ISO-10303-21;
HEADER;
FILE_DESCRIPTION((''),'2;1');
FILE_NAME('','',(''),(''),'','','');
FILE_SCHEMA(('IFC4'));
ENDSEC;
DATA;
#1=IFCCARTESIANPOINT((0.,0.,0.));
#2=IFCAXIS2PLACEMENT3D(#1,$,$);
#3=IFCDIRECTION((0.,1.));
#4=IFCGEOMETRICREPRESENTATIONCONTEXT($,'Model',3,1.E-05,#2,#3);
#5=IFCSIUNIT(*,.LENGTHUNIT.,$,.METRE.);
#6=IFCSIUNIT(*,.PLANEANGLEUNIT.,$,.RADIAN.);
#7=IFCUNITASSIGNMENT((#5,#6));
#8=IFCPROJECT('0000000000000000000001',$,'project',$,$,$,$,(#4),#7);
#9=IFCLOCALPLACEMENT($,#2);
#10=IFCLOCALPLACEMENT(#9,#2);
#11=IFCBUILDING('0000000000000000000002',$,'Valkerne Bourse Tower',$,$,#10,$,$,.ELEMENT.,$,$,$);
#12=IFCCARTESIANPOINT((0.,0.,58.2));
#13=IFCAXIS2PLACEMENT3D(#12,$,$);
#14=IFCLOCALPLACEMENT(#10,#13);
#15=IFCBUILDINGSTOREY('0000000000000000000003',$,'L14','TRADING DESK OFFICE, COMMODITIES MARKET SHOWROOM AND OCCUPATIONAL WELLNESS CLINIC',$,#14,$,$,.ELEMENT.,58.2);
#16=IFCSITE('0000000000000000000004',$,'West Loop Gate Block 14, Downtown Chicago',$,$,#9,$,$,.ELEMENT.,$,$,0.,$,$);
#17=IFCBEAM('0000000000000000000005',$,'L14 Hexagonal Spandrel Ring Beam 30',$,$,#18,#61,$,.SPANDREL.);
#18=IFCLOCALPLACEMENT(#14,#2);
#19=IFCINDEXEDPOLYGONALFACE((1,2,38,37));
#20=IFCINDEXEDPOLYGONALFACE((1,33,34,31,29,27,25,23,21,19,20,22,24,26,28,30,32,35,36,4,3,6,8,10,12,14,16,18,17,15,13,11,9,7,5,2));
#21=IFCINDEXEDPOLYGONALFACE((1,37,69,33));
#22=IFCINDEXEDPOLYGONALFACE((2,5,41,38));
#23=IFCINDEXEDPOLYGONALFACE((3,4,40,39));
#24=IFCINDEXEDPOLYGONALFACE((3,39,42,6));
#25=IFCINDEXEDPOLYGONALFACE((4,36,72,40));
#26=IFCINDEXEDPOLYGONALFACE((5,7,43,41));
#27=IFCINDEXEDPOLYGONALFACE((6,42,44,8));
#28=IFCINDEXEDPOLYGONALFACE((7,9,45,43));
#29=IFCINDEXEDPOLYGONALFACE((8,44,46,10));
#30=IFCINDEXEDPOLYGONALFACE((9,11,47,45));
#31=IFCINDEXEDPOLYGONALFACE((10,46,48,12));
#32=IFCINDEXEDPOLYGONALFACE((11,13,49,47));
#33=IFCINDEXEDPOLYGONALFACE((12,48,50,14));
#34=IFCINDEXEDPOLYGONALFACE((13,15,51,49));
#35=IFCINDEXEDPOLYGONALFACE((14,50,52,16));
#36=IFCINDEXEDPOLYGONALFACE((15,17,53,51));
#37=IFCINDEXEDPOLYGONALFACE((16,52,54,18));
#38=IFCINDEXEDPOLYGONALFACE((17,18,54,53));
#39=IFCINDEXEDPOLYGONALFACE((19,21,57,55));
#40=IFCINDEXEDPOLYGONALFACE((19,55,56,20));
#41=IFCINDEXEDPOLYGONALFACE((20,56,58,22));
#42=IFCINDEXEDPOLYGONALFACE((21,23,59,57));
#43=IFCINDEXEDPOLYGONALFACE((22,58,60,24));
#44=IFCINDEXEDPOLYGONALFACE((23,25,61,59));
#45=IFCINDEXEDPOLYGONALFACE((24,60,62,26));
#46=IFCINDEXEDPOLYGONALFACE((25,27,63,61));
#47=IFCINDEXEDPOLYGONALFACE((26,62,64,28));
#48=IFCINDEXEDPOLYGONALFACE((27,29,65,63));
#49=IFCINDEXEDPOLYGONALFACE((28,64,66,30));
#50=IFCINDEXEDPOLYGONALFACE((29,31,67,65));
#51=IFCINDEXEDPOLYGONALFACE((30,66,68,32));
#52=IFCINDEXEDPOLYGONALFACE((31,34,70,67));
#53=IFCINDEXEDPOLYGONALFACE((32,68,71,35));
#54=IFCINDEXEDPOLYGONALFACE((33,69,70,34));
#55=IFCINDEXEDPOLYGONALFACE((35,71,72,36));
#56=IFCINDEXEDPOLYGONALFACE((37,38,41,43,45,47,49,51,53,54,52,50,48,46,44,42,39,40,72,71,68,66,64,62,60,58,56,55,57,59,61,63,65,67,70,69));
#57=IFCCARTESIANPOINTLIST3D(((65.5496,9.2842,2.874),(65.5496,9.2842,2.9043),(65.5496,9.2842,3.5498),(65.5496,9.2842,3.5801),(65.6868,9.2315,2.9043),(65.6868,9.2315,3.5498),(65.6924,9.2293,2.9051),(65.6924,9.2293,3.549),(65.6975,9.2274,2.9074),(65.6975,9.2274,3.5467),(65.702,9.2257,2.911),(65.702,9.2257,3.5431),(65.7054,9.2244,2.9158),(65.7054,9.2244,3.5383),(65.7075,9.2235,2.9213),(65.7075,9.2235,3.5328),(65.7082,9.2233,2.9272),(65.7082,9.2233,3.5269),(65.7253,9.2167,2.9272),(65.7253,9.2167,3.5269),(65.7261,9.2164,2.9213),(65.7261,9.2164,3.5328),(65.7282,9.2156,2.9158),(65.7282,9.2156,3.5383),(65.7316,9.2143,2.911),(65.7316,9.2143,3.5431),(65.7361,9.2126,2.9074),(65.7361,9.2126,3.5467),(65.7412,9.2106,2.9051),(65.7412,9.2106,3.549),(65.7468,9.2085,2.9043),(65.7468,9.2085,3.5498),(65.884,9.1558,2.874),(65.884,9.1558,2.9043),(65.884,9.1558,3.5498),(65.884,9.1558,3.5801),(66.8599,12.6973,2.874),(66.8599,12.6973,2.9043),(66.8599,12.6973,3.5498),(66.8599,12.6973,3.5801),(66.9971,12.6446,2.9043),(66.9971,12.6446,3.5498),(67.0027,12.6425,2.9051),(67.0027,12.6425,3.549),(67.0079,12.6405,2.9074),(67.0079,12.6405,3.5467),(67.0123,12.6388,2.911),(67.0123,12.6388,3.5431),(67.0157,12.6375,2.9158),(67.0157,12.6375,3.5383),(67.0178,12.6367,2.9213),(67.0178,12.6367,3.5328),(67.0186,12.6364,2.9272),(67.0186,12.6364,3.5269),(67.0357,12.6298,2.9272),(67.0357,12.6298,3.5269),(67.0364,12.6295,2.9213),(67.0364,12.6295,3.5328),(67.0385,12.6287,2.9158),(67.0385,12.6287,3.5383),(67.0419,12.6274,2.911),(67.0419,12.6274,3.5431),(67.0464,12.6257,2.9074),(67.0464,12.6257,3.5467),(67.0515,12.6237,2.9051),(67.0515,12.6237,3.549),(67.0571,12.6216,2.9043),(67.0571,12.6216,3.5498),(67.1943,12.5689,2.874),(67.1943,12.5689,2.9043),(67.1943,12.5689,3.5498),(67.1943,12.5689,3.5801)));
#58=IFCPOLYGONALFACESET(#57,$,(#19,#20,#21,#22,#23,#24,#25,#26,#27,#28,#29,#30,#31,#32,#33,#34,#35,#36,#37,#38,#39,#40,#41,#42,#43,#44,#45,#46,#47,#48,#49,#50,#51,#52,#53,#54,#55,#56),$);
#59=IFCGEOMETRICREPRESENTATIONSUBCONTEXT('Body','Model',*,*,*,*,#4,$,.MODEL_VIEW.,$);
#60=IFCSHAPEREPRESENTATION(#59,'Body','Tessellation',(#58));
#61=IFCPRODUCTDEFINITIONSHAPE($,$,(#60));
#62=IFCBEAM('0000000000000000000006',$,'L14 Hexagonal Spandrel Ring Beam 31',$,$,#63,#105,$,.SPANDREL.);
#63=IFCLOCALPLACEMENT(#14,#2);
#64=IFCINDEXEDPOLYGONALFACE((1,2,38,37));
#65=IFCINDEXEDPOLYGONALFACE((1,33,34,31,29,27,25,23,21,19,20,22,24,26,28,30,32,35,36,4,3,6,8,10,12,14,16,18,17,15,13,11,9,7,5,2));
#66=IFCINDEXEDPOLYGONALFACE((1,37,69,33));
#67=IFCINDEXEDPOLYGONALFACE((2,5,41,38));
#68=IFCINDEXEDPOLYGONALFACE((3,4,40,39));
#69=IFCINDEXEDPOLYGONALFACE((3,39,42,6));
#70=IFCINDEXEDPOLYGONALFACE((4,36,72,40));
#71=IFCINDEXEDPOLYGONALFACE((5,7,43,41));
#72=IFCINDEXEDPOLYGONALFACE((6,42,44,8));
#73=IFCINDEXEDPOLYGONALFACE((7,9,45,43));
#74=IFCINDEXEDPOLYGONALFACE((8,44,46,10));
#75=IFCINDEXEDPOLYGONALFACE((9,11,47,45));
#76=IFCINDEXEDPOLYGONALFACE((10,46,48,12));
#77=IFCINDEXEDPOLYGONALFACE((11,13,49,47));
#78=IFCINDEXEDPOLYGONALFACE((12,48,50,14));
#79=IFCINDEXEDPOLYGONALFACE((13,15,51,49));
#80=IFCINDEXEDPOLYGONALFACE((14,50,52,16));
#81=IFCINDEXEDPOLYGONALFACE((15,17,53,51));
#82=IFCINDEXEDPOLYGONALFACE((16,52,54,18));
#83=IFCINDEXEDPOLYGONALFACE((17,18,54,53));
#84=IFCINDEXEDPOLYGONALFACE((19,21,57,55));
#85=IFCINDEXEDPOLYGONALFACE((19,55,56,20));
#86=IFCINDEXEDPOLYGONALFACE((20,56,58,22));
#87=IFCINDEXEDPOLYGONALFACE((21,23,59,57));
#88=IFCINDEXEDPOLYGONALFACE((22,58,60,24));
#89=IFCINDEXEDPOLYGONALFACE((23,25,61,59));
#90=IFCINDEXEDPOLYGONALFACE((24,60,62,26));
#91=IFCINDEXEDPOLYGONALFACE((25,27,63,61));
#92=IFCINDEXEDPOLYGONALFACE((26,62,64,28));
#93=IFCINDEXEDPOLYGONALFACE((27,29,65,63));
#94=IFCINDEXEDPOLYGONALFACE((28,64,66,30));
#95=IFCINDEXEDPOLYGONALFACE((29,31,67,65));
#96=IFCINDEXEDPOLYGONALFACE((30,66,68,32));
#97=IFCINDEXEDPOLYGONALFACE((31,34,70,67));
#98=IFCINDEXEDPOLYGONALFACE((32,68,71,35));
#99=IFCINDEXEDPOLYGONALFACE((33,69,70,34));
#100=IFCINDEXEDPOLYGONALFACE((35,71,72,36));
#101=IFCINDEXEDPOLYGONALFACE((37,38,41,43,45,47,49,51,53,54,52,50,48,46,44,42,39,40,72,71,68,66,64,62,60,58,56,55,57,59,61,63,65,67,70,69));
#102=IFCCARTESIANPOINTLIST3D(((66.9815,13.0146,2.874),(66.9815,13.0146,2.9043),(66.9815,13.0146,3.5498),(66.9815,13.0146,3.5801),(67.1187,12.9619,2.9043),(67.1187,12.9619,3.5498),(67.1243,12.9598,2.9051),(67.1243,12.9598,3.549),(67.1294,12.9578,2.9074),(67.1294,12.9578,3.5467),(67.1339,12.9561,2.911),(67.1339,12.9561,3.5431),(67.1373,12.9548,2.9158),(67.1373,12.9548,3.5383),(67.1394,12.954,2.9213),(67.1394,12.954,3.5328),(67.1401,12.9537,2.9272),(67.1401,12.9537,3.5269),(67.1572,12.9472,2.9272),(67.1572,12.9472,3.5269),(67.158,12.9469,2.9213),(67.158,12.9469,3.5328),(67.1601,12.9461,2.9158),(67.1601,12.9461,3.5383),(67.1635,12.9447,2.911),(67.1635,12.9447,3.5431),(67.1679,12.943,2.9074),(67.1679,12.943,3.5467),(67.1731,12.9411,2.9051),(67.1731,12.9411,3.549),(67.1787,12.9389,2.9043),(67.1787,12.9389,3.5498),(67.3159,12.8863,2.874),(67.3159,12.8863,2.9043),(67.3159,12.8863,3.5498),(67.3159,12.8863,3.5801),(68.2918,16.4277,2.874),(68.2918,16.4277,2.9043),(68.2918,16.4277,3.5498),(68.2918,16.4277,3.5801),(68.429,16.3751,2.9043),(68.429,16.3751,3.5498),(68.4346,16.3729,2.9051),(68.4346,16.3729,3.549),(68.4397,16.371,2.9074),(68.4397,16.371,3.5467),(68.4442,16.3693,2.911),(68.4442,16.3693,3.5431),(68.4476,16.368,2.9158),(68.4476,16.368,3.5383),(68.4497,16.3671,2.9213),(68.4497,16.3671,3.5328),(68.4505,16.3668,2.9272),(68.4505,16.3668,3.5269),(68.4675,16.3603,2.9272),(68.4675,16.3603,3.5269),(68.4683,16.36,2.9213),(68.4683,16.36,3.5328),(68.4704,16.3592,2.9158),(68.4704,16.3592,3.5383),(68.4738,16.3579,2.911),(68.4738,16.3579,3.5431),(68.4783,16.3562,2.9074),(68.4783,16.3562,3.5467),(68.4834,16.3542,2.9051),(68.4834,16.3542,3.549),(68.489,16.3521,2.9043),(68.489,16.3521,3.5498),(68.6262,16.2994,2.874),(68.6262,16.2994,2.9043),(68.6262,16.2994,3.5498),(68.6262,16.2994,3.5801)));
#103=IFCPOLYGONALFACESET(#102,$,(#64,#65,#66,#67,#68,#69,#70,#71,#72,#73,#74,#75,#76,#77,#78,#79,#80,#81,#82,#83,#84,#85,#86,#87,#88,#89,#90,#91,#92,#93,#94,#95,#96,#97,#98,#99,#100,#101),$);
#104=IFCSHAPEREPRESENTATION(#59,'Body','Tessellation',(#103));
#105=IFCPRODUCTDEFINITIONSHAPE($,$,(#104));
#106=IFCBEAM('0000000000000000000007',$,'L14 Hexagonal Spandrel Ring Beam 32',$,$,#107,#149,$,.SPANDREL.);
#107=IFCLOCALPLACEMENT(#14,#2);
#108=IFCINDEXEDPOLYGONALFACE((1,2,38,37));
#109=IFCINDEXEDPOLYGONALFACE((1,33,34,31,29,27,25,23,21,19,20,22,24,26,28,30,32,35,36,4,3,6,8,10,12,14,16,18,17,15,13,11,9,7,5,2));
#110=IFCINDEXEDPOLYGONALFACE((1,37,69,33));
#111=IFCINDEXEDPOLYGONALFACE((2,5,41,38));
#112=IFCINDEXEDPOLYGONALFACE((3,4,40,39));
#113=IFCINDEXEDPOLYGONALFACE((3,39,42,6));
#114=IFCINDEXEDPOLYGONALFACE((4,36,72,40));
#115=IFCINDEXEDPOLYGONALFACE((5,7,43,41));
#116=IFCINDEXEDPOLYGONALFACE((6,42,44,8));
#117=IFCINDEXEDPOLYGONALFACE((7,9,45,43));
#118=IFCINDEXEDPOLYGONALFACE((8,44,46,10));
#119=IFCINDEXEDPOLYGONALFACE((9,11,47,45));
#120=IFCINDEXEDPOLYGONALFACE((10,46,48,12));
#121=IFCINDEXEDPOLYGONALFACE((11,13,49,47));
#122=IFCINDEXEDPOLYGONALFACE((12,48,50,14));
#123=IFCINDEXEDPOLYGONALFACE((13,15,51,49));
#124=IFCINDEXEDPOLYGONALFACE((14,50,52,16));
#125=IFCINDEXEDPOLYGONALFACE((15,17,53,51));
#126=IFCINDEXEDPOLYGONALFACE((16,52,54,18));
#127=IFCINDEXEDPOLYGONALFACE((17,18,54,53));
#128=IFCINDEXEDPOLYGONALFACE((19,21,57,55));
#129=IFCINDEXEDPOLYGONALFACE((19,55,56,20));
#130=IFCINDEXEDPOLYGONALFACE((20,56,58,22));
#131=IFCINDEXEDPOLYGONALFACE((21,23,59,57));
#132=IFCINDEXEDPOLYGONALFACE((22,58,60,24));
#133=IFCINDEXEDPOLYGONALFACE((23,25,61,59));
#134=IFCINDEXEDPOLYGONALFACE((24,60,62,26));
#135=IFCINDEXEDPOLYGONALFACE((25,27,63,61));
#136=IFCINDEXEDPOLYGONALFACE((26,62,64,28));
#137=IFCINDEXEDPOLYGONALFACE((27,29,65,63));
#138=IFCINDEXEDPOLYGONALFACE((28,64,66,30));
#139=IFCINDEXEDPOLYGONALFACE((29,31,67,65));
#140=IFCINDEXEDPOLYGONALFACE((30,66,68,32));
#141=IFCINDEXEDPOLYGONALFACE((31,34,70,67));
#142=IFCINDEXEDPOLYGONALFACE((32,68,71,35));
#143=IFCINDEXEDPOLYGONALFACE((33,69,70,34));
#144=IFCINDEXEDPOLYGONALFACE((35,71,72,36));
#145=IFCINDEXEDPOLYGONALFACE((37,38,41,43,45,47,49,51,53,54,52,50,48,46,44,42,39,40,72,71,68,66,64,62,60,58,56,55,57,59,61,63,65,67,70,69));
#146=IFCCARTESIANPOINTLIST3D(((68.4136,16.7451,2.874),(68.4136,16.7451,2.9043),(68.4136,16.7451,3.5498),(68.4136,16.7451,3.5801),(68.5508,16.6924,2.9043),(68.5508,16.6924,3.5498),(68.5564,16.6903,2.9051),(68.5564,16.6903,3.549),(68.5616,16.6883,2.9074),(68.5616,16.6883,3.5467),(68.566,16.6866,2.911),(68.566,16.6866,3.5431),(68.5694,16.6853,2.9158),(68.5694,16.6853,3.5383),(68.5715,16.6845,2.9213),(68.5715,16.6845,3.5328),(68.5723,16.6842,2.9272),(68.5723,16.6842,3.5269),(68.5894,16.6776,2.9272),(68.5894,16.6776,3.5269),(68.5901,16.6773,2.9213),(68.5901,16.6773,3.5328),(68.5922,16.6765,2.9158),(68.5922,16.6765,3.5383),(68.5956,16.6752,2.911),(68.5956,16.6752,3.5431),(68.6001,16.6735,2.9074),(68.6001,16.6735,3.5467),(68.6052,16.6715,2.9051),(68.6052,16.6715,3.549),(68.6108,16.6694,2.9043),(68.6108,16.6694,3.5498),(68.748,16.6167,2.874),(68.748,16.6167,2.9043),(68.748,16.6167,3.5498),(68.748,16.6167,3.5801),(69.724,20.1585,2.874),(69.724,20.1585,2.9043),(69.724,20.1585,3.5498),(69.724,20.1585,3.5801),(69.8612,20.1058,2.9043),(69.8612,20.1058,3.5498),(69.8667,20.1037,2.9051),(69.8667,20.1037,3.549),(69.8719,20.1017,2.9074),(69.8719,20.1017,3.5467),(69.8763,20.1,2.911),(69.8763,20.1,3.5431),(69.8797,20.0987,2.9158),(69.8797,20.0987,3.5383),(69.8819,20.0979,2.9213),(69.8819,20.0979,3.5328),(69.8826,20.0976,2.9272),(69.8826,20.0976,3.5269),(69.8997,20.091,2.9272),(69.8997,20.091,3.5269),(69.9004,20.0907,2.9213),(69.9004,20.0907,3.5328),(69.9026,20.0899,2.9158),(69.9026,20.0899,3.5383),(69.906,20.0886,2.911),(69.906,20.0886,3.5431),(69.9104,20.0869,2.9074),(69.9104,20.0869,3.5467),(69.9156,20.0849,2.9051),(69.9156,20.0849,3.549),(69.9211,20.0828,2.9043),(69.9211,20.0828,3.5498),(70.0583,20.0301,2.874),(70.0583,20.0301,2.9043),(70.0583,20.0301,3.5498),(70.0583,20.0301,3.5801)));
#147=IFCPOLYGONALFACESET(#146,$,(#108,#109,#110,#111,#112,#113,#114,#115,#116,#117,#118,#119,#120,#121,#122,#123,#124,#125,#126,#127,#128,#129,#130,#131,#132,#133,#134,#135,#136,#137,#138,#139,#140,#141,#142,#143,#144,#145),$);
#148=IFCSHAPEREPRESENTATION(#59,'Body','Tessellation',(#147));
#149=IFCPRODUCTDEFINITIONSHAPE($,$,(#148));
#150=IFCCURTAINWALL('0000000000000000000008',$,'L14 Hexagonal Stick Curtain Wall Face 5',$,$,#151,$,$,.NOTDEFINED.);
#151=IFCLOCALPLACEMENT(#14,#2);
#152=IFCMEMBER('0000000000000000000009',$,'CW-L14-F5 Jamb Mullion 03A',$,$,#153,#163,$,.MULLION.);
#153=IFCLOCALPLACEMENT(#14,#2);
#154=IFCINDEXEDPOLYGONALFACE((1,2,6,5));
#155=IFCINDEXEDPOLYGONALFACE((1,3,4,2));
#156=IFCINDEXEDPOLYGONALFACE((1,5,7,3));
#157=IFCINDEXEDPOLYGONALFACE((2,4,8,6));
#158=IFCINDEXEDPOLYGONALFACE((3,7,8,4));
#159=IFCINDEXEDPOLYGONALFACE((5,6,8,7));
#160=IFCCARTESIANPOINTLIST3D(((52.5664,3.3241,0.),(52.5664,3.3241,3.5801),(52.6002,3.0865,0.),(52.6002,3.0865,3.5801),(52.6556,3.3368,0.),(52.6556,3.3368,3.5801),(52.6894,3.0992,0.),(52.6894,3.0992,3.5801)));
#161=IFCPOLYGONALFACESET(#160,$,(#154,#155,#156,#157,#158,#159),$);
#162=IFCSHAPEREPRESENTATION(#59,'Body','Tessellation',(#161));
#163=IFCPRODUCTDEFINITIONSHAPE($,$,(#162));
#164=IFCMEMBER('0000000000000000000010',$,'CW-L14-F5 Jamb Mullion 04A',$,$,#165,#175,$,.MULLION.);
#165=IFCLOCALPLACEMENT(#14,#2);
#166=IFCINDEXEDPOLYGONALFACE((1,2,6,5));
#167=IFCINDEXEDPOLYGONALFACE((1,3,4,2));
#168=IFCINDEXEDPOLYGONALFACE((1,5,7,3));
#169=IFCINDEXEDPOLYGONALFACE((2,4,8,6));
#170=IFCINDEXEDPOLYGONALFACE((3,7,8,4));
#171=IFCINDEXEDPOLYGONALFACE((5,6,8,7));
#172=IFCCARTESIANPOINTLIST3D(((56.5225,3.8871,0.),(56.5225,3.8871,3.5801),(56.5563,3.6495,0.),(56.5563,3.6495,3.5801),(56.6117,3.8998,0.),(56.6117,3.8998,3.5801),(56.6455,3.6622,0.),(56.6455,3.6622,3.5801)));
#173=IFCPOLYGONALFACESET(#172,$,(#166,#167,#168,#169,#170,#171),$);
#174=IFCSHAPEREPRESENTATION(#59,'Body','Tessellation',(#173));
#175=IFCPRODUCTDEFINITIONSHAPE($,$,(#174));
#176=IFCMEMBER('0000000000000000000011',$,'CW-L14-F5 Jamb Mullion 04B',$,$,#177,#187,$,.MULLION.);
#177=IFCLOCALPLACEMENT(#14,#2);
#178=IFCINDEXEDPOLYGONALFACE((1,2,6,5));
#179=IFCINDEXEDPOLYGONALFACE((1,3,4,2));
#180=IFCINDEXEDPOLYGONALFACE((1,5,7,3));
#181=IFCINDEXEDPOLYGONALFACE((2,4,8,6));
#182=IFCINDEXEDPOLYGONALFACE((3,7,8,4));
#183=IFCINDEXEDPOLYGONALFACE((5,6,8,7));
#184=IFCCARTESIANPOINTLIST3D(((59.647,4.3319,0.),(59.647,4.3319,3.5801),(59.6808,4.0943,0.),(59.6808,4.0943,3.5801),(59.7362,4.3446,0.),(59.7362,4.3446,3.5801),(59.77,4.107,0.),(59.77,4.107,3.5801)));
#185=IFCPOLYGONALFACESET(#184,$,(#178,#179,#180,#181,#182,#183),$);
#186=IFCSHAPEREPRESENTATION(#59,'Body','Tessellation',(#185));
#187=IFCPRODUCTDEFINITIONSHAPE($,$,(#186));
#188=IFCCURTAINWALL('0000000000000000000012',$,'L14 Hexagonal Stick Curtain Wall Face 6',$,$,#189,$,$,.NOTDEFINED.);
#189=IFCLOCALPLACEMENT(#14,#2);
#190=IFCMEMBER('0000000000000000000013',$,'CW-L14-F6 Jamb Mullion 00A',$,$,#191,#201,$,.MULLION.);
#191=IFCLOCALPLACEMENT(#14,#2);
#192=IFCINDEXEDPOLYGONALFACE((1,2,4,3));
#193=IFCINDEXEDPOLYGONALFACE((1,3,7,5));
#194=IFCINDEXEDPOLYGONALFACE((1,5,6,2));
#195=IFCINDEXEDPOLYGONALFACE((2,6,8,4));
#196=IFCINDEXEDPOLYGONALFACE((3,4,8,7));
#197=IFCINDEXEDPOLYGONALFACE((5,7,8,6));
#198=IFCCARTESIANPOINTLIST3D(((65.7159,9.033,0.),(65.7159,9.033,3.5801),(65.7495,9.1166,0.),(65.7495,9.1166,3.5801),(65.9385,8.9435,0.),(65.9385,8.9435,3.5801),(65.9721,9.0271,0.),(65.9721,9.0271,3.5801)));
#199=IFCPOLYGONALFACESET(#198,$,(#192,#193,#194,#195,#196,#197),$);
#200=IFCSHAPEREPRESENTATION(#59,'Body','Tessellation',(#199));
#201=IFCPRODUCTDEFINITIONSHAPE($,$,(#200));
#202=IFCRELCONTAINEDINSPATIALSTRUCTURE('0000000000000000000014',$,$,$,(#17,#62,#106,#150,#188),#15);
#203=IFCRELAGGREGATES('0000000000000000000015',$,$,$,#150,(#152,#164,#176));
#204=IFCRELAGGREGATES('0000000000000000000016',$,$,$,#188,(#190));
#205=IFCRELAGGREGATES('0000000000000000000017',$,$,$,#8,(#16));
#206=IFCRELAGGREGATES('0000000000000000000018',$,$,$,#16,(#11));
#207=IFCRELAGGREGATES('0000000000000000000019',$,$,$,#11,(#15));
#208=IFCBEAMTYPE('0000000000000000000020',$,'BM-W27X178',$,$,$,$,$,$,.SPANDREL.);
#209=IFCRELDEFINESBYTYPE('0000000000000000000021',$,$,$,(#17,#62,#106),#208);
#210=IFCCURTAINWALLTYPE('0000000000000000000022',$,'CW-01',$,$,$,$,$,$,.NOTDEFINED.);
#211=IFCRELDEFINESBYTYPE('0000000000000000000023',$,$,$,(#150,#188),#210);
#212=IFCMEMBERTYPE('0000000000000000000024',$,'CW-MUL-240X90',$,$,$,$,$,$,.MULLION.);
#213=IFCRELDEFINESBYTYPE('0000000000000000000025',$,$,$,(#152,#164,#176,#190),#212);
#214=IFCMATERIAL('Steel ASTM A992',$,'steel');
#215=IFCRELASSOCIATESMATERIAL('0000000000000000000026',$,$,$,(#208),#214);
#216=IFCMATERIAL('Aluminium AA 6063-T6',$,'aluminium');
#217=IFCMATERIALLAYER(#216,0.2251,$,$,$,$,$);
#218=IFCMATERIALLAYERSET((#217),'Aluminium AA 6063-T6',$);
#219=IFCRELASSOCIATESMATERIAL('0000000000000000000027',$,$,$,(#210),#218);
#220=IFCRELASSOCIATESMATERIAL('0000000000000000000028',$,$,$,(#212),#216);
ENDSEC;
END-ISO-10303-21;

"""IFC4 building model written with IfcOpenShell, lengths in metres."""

from ifc_helpers import new_model, si_unit, direction, frame, origin, origin_2d, place, context, subcontext, project, spatial, rectangle, i_section, extrude, material, layer, layer_set, material_profile, profile_set, type_object, element, aggregate, save


model = new_model("IFC4")

# Units and contexts
model_context = context("Model", 3, precision=1e-05, world=origin(), true_north=direction((0.0, 1.0)))
body_context = subcontext(model_context, "Body", "Model", "MODEL_VIEW")
ifc_project = project(units=[si_unit("LENGTHUNIT", "METRE"), si_unit("PLANEANGLEUNIT", "RADIAN")], contexts=[model_context])

# Site, building, storey
site_placement = place(None, origin())
site = spatial("IfcSite", under=ifc_project, at=site_placement, Name="West Loop Gate Block 14, Downtown Chicago", CompositionType="ELEMENT", RefElevation=0.0)
building_placement = place(site_placement, origin())
building = spatial("IfcBuilding", under=site, at=building_placement, Name="Valkerne Bourse Tower", CompositionType="ELEMENT")
storey_placement = place(building_placement, frame((0.0, 0.0, 58.2)))
storey = spatial("IfcBuildingStorey", under=building, at=storey_placement, Name="L14", Description="TRADING DESK OFFICE, COMMODITIES MARKET SHOWROOM AND OCCUPATIONAL WELLNESS CLINIC", CompositionType="ELEMENT", Elevation=58.2)

# Beams
ifc_material_1 = material(Name="Steel ASTM A992", Category="steel")
ifc_material_profile_1 = material_profile(ifc_material_1, i_section(OverallWidth=0.3582, OverallDepth=0.7061, WebThickness=0.0183, FlangeThickness=0.0303, FilletRadius=0.0229, at=origin_2d()), Name="W27X178")
ifc_profile_set_1 = profile_set([ifc_material_profile_1], Name="Steel ASTM A992")
beam_type = type_object("IfcBeamType", Name="BM-W27X178", PredefinedType="SPANDREL", material=ifc_profile_set_1)
for number, where, z_axis, x_axis, name in (
    (1, (65.7168, 9.22, 3.2271), (0.358402, 0.933567, 0.0), (-0.933567, 0.358402, 0.0), "L14 Hexagonal Spandrel Ring Beam 30"),
    (2, (67.1487, 12.9504, 3.2271), (0.358402, 0.933567, 0.0), (-0.933567, 0.358402, 0.0), "L14 Hexagonal Spandrel Ring Beam 31"),
):
    element("IfcBeam", number, at=place(storey_placement, frame(where, z_axis=z_axis, x_axis=x_axis)), inside=storey, type_object=beam_type, Name=name, PredefinedType="SPANDREL", context=body_context, shape_type="SweptSolid", body=[
        extrude(i_section(OverallWidth=0.3582, OverallDepth=0.7061, WebThickness=0.0183, FlangeThickness=0.0303, FilletRadius=0.0229, at=origin_2d()), origin(), (0.0, 0.0, 1.0), 3.656),
    ])
beam_1_placement = place(storey_placement, frame((68.5808, 16.6809, 3.2271), z_axis=(0.358379, 0.933576, 0.0), x_axis=(-0.933576, 0.358379, 0.0)))
element("IfcBeam", 3, at=beam_1_placement, inside=storey, type_object=beam_type, Name="L14 Hexagonal Spandrel Ring Beam 32", PredefinedType="SPANDREL", context=body_context, shape_type="SweptSolid", body=[
    extrude(i_section(OverallWidth=0.3582, OverallDepth=0.7061, WebThickness=0.0183, FlangeThickness=0.0303, FilletRadius=0.0229, at=origin_2d()), origin(), (0.0, 0.0, 1.0), 3.6562),
])

# Curtain walls, members
ifc_material_2 = material(Name="Aluminium AA 6063-T6", Category="aluminium")
ifc_layer_1 = layer(ifc_material_2, 0.2251)
ifc_layer_set_1 = layer_set([ifc_layer_1], Name="Aluminium AA 6063-T6")
curtain_wall_type = type_object("IfcCurtainWallType", Name="CW-01", PredefinedType="NOTDEFINED", material=ifc_layer_set_1)
curtain_wall_1_placement = place(storey_placement, origin())
curtain_wall_1 = element("IfcCurtainWall", 4, at=curtain_wall_1_placement, inside=storey, type_object=curtain_wall_type, Name="L14 Hexagonal Stick Curtain Wall Face 5", PredefinedType="NOTDEFINED")
ifc_material_profile_2 = material_profile(ifc_material_2, rectangle(XDim=0.0901, YDim=0.24, at=origin_2d()), Name="CWM-90X240")
ifc_profile_set_2 = profile_set([ifc_material_profile_2], Name="Aluminium AA 6063-T6")
member_type_1 = type_object("IfcMemberType", Name="CW-MUL-240X90", PredefinedType="MULLION", material=ifc_profile_set_2)
member_1_placement = place(storey_placement, frame((52.6279, 3.2117, 0.0), z_axis=(0.0, 0.0, 1.0), x_axis=(0.990025, 0.140889, 0.0)))
member_1 = element("IfcMember", 5, at=member_1_placement, type_object=member_type_1, Name="CW-L14-F5 Jamb Mullion 03A", PredefinedType="MULLION", context=body_context, shape_type="SweptSolid", body=[
    extrude(rectangle(XDim=0.0901, YDim=0.24, at=origin_2d()), origin(), (0.0, 0.0, 1.0), 3.5801),
])
member_2_placement = place(storey_placement, frame((56.584, 3.7747, 0.0), z_axis=(0.0, 0.0, 1.0), x_axis=(0.990021, 0.140917, 0.0)))
member_2 = element("IfcMember", 6, at=member_2_placement, type_object=member_type_1, Name="CW-L14-F5 Jamb Mullion 04A", PredefinedType="MULLION", context=body_context, shape_type="SweptSolid", body=[
    extrude(rectangle(XDim=0.0901, YDim=0.24, at=origin_2d()), origin(), (0.0, 0.0, 1.0), 3.5801),
])
member_3_placement = place(storey_placement, frame((59.7085, 4.2195, 0.0), z_axis=(0.0, 0.0, 1.0), x_axis=(0.990021, 0.140917, 0.0)))
member_3 = element("IfcMember", 7, at=member_3_placement, type_object=member_type_1, Name="CW-L14-F5 Jamb Mullion 04B", PredefinedType="MULLION", context=body_context, shape_type="SweptSolid", body=[
    extrude(rectangle(XDim=0.0901, YDim=0.24, at=origin_2d()), origin(), (0.0, 0.0, 1.0), 3.5801),
])
curtain_wall_2_placement = place(storey_placement, origin())
curtain_wall_2 = element("IfcCurtainWall", 8, at=curtain_wall_2_placement, inside=storey, type_object=curtain_wall_type, Name="L14 Hexagonal Stick Curtain Wall Face 6", PredefinedType="NOTDEFINED")
member_4_placement = place(storey_placement, frame((65.844, 9.03, 0.0), z_axis=(0.0, 0.0, 1.0), x_axis=(0.372999, 0.927832, 0.0)))
member_4 = element("IfcMember", 9, at=member_4_placement, type_object=member_type_1, Name="CW-L14-F6 Jamb Mullion 00A", PredefinedType="MULLION", context=body_context, shape_type="SweptSolid", body=[
    extrude(rectangle(XDim=0.0901, YDim=0.24, at=origin_2d()), origin(), (0.0, 0.0, 1.0), 3.5801),
])

aggregate(curtain_wall_1, [member_1, member_2, member_3])
aggregate(curtain_wall_2, [member_4])

save(model, "model.ifc")
